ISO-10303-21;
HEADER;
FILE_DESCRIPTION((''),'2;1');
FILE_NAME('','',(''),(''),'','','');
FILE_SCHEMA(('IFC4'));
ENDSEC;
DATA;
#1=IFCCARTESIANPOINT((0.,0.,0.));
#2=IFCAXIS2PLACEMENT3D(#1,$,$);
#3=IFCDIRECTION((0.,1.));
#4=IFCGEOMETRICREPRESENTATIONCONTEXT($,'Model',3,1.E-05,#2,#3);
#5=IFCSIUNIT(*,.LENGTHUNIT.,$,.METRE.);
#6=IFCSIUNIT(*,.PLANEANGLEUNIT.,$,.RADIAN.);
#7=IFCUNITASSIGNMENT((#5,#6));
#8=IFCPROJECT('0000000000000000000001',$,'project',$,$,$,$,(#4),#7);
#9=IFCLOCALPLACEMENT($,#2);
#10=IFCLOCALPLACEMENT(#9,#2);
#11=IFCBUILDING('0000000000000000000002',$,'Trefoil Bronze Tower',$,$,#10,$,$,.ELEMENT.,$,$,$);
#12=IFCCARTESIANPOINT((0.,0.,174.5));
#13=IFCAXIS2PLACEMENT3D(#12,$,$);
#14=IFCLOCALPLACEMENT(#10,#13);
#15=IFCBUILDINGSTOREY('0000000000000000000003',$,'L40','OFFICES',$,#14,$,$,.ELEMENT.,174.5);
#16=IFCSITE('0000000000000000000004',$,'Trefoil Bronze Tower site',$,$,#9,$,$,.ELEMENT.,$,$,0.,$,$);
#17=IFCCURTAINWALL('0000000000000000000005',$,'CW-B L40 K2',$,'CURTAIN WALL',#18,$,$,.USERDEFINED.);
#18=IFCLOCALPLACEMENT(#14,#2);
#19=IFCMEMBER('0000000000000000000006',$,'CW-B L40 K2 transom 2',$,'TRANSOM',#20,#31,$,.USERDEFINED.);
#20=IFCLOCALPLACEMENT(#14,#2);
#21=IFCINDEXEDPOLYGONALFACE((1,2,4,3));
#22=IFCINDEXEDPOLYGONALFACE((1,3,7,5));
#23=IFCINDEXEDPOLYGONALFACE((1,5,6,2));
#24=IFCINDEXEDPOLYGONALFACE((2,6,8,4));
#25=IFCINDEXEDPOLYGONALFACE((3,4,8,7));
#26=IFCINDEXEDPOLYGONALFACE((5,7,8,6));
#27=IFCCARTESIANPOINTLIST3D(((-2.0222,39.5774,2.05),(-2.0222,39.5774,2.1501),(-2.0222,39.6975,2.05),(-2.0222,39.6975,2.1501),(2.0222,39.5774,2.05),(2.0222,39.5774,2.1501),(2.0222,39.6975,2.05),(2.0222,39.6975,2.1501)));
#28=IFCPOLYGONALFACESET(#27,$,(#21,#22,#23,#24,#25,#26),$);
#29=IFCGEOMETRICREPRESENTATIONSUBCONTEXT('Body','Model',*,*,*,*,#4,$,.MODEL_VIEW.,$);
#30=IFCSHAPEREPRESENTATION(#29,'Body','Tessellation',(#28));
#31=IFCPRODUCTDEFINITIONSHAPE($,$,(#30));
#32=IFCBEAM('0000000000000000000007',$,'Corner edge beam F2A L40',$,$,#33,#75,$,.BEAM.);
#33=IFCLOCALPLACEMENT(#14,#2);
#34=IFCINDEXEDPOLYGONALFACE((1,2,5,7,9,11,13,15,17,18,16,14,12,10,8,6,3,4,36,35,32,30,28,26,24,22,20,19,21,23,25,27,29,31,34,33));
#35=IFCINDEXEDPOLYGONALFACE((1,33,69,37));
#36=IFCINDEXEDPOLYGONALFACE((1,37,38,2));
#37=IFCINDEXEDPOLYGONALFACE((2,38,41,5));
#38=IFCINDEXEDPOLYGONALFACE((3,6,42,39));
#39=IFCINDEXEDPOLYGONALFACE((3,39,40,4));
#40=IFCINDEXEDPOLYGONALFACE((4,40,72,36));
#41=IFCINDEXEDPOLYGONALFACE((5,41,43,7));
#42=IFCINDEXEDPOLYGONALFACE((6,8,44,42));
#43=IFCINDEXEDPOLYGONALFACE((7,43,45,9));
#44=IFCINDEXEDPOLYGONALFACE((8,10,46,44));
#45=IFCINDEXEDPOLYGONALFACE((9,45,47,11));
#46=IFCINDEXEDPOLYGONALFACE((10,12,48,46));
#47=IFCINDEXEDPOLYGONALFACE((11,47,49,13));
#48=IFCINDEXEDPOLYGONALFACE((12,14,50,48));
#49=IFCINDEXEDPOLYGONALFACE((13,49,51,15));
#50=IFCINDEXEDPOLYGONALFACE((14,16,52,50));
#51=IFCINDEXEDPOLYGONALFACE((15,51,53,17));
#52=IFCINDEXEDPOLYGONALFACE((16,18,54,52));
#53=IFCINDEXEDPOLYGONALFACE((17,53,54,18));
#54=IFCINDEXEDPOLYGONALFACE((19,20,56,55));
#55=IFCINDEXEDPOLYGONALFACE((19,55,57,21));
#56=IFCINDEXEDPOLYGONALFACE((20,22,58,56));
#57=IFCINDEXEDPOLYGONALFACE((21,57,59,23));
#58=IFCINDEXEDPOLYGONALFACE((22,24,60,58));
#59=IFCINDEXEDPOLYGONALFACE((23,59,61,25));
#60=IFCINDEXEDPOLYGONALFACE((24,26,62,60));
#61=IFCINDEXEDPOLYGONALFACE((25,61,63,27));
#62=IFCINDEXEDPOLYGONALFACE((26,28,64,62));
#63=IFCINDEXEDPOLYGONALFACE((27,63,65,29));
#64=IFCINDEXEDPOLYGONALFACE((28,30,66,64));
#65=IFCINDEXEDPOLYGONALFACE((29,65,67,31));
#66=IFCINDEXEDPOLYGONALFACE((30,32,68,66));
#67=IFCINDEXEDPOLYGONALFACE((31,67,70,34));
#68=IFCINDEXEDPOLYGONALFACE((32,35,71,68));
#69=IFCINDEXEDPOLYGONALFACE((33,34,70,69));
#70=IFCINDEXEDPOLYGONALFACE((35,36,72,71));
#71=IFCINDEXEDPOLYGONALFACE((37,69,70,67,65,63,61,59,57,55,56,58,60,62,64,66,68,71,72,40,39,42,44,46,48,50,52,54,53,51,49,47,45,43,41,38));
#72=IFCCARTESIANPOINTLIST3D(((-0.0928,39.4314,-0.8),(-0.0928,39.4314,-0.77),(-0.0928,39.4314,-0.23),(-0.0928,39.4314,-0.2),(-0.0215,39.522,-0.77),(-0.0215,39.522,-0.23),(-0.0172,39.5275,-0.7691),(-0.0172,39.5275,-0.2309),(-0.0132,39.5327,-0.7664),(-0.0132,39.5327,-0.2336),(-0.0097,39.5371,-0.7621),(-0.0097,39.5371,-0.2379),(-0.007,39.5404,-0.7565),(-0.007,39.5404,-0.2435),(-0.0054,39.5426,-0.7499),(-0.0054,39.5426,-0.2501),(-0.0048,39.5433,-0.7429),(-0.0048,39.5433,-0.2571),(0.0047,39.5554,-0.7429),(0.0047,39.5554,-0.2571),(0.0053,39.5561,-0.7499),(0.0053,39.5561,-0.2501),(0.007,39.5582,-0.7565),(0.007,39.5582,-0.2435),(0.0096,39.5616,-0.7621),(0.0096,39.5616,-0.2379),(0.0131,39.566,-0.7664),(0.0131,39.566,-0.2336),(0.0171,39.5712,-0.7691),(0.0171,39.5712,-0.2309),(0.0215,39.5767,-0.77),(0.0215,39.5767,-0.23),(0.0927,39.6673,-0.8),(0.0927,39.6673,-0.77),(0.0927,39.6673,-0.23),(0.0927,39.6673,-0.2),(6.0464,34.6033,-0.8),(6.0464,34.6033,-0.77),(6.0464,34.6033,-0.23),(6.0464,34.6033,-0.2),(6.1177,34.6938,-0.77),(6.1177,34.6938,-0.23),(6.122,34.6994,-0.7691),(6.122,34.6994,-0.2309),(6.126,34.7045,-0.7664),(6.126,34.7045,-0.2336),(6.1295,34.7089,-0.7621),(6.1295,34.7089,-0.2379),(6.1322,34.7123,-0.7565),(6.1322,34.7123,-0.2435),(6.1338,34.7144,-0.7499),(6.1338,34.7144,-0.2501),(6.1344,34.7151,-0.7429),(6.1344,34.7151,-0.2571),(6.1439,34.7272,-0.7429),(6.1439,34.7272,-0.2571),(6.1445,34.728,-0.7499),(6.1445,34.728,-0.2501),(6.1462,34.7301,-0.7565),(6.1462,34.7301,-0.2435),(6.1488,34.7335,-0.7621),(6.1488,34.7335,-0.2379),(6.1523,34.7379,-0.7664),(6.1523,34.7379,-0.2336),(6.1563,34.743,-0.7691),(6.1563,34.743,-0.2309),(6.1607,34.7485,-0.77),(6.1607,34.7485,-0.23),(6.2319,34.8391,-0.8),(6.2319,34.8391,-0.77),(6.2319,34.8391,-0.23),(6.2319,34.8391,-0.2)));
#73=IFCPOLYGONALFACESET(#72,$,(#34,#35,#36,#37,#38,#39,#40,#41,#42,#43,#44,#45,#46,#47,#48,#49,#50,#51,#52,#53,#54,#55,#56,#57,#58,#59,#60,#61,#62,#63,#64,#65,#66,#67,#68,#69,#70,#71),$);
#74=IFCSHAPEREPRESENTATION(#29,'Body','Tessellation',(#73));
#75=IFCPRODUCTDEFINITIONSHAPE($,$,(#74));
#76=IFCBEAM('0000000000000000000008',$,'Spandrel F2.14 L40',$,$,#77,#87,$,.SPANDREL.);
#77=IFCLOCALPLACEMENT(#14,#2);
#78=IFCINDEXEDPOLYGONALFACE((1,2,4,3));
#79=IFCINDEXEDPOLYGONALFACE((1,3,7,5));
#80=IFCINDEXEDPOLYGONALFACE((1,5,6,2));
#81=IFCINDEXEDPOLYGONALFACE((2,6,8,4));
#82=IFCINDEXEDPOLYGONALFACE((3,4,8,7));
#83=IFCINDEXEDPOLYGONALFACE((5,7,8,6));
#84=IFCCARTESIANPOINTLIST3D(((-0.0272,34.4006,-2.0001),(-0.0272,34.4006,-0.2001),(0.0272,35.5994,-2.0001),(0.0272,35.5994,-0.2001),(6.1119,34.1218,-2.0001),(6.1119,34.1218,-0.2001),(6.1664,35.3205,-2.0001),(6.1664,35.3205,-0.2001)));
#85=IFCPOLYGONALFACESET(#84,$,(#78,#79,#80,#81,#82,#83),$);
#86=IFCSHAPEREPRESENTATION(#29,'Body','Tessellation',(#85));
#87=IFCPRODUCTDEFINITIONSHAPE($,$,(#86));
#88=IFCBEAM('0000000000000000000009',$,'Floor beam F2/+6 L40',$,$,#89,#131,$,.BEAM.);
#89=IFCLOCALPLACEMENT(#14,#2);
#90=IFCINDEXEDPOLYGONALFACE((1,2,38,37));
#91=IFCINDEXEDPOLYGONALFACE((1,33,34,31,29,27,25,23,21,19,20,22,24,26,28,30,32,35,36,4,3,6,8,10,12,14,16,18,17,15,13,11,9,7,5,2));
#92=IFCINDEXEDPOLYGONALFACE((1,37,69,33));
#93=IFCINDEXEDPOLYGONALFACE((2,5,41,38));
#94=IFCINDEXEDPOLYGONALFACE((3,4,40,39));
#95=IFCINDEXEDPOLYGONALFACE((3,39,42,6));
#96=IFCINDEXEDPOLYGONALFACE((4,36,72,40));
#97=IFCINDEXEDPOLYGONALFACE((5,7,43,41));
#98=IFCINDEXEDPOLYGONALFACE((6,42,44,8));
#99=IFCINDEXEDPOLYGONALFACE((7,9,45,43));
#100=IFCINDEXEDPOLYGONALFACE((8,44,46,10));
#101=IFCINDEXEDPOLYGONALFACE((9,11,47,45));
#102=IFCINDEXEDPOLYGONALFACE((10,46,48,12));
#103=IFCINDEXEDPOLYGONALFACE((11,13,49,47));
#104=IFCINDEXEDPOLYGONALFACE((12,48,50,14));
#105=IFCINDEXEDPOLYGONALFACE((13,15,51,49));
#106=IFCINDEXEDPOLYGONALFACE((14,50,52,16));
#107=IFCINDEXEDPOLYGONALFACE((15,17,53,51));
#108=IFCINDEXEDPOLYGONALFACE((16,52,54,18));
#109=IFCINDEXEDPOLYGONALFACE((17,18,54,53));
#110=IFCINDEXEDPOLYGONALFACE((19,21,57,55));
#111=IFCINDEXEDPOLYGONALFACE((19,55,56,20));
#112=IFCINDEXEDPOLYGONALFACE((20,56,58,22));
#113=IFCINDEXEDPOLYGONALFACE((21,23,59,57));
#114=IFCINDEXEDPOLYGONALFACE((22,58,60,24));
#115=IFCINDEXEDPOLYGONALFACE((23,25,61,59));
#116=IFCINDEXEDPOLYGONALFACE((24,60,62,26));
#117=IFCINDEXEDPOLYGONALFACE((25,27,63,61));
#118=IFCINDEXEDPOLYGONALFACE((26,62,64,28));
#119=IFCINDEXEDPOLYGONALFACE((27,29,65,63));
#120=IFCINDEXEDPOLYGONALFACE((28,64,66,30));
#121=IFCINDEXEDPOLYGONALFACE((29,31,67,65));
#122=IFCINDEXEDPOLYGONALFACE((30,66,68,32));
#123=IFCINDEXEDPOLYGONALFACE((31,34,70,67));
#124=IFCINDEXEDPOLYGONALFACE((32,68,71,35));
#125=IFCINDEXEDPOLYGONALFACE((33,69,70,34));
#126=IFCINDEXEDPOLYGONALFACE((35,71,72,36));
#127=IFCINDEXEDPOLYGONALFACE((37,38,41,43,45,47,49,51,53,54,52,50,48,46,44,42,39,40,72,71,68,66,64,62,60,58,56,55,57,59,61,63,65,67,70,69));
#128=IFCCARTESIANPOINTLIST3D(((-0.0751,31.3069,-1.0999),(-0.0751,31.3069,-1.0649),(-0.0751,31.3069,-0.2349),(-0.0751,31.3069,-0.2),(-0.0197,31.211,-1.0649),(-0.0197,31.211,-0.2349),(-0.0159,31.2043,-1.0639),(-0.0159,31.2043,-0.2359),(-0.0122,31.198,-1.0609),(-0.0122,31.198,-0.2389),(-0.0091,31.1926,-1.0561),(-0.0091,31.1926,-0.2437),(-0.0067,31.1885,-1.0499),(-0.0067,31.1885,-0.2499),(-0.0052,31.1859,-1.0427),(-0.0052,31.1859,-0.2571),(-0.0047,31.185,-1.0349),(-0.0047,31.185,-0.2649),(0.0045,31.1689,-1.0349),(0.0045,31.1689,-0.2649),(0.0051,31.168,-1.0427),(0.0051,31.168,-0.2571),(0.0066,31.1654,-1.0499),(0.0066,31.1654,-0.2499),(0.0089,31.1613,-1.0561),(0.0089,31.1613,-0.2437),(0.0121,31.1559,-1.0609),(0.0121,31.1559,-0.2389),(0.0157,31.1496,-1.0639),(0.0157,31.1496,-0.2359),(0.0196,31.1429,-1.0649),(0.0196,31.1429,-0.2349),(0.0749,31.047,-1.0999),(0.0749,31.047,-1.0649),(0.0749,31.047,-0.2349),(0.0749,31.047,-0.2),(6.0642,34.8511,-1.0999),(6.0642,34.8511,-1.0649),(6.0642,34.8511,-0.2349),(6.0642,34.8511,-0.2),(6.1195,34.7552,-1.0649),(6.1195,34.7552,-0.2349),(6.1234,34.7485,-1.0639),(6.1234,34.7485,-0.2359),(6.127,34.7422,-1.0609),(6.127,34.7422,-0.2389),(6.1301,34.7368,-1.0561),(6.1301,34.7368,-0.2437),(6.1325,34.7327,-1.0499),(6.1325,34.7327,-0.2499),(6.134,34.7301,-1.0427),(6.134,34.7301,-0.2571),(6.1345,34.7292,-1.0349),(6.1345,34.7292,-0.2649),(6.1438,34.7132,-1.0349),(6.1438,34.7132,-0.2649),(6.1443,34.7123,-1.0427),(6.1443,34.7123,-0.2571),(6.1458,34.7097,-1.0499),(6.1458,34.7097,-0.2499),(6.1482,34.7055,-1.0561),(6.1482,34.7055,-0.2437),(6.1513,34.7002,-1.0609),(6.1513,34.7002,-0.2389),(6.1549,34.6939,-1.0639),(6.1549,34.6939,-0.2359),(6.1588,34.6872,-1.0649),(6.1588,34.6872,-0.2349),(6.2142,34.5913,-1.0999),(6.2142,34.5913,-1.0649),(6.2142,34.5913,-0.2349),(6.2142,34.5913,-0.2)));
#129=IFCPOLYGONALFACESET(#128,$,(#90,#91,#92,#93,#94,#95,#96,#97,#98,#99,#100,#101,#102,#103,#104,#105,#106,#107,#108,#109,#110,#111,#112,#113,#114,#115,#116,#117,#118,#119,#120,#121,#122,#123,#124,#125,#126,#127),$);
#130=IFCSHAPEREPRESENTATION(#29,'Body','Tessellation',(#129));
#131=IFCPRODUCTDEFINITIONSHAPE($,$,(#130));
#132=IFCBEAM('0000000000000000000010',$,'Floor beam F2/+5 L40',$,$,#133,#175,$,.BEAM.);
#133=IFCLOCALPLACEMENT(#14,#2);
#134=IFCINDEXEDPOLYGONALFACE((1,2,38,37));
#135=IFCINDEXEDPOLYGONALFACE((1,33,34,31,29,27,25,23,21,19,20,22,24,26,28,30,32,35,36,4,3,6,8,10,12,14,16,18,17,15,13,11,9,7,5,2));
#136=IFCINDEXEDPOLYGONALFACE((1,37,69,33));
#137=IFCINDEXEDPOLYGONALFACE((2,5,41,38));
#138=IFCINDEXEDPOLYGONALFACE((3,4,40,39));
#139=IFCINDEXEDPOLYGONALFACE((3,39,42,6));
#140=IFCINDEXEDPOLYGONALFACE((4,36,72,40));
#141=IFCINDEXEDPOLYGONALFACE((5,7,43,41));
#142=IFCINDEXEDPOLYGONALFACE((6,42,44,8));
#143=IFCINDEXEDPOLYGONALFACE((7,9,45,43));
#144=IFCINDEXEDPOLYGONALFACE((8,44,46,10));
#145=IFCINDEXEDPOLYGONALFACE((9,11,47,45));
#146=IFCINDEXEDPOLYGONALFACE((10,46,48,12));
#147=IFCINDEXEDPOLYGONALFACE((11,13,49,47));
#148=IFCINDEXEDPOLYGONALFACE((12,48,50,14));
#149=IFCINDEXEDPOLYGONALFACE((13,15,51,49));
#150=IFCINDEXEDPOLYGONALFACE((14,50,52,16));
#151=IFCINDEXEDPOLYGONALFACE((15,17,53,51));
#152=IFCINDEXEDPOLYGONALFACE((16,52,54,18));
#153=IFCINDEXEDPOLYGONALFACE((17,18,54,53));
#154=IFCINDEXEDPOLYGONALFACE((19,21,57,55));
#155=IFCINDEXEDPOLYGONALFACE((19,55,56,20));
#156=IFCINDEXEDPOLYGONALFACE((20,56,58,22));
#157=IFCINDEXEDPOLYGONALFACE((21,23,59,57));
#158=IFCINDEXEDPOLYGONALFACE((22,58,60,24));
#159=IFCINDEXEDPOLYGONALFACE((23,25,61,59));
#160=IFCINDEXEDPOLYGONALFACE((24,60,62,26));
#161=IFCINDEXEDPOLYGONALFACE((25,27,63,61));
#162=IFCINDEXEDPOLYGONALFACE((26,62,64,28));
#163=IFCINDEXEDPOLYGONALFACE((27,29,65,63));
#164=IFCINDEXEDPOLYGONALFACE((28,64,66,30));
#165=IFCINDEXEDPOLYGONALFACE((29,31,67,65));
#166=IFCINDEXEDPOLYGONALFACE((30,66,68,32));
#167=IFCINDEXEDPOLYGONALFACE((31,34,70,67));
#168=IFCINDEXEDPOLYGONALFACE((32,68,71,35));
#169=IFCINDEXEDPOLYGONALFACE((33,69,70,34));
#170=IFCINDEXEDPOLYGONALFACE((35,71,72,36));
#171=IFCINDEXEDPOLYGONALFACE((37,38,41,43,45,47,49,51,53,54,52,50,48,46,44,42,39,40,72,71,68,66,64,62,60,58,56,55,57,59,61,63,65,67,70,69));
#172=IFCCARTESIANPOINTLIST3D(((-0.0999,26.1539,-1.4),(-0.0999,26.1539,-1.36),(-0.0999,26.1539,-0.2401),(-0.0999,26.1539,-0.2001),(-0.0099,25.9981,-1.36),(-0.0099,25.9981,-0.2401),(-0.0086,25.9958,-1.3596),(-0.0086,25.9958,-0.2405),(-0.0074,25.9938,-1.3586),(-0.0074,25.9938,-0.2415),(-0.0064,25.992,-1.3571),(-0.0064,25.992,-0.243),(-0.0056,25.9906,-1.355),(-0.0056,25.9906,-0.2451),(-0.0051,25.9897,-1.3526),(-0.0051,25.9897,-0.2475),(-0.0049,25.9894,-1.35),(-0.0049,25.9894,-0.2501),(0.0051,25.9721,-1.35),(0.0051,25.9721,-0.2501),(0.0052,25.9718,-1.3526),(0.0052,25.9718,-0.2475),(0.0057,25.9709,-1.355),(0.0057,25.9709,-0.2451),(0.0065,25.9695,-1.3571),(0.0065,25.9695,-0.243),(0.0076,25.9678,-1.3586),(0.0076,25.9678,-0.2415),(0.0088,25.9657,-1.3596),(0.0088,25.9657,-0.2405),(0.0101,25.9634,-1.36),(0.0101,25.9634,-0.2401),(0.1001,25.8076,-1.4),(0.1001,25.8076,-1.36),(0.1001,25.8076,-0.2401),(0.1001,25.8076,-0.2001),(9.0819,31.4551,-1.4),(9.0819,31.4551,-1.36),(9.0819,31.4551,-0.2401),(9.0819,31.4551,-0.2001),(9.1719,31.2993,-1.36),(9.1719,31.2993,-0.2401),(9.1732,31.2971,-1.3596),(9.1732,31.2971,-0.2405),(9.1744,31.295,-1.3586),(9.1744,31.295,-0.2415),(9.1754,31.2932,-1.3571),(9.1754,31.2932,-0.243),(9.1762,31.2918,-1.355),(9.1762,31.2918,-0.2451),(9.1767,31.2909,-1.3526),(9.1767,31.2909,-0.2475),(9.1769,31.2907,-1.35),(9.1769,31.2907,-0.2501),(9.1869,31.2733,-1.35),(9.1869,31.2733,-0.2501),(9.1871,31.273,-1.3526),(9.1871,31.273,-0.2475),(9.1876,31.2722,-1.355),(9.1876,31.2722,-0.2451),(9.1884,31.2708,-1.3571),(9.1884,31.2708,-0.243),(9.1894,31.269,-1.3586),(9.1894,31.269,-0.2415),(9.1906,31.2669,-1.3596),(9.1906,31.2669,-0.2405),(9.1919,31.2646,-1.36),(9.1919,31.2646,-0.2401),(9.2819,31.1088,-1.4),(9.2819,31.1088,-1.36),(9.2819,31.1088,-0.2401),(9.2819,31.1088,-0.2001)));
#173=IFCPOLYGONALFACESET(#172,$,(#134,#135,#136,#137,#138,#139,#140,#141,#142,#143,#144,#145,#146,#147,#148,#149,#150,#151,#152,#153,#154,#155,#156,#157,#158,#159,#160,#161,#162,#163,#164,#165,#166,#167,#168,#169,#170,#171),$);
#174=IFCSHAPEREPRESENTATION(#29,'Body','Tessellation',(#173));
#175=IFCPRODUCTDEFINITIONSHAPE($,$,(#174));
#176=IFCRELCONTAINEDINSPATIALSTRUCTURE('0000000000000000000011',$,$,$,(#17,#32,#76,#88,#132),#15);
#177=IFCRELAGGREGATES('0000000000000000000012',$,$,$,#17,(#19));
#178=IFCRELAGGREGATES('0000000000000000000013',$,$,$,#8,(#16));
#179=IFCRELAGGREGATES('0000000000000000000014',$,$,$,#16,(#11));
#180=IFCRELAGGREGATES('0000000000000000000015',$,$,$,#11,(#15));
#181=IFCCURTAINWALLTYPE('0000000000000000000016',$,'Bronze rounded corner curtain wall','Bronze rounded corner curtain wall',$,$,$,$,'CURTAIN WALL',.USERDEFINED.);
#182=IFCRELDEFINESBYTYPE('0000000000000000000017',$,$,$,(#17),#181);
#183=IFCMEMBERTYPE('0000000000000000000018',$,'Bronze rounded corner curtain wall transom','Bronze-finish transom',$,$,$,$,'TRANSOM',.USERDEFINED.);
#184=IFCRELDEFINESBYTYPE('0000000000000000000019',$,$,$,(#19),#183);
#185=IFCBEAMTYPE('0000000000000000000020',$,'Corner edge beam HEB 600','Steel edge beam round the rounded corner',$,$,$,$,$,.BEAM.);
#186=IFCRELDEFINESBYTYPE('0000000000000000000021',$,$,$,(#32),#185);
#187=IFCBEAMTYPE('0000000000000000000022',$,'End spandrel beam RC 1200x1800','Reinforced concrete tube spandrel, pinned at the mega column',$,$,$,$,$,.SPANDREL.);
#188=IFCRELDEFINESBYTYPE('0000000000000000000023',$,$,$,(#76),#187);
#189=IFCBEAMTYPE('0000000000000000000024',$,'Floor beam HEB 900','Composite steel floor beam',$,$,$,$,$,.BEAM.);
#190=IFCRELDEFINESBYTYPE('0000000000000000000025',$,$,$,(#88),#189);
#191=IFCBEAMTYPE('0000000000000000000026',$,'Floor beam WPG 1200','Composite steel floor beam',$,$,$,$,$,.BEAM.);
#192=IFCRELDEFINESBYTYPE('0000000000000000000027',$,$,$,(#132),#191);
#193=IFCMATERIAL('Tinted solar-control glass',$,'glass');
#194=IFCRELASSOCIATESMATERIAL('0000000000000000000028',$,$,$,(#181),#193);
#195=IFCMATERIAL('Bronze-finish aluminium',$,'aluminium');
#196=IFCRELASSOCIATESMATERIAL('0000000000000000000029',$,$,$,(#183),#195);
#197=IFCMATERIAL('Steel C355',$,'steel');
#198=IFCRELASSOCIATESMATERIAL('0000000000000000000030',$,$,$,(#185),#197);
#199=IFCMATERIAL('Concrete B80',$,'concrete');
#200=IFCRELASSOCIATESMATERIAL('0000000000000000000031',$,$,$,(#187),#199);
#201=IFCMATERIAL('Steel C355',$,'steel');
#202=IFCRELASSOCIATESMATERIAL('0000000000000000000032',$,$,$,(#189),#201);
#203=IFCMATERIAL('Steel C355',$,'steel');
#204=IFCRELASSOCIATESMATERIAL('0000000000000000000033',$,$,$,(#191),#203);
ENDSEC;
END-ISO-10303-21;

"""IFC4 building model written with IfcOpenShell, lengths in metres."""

from ifc_helpers import new_model, si_unit, direction, frame, origin, origin_2d, place, context, subcontext, project, spatial, rectangle, i_section, extrude, material, material_profile, profile_set, type_object, element, aggregate, save


model = new_model("IFC4")

# Units and contexts
model_context = context("Model", 3, precision=1e-05, world=origin(), true_north=direction((0.0, 1.0)))
body_context = subcontext(model_context, "Body", "Model", "MODEL_VIEW")
ifc_project = project(units=[si_unit("LENGTHUNIT", "METRE"), si_unit("PLANEANGLEUNIT", "RADIAN")], contexts=[model_context])

# Site, building, storey
site_placement = place(None, origin())
site = spatial("IfcSite", under=ifc_project, at=site_placement, Name="Trefoil Bronze Tower site", CompositionType="ELEMENT", RefElevation=0.0)
building_placement = place(site_placement, origin())
building = spatial("IfcBuilding", under=site, at=building_placement, Name="Trefoil Bronze Tower", CompositionType="ELEMENT")
storey_placement = place(building_placement, frame((0.0, 0.0, 174.5)))
storey = spatial("IfcBuildingStorey", under=building, at=storey_placement, Name="L40", Description="OFFICES", CompositionType="ELEMENT", Elevation=174.5)

# Curtain wall, member
ifc_material_1 = material(Name="Tinted solar-control glass", Category="glass")
curtain_wall_type_1 = type_object("IfcCurtainWallType", Name="Bronze rounded corner curtain wall", Description="Bronze rounded corner curtain wall", ElementType="CURTAIN WALL", PredefinedType="USERDEFINED", material=ifc_material_1)
curtain_wall_1_placement = place(storey_placement, origin())
curtain_wall_1 = element("IfcCurtainWall", 1, at=curtain_wall_1_placement, inside=storey, type_object=curtain_wall_type_1, Name="CW-B L40 K2", ObjectType="CURTAIN WALL", PredefinedType="USERDEFINED")
ifc_material_2 = material(Name="Bronze-finish aluminium", Category="aluminium")
ifc_material_profile_1 = material_profile(ifc_material_2, rectangle(XDim=0.1201, YDim=0.1001, at=origin_2d()), Name="CW-B transom")
ifc_profile_set_1 = profile_set([ifc_material_profile_1], Name="Bronze-finish aluminium")
member_type_1 = type_object("IfcMemberType", Name="Bronze rounded corner curtain wall transom", Description="Bronze-finish transom", ElementType="TRANSOM", PredefinedType="USERDEFINED", material=ifc_profile_set_1)
member_1_placement = place(storey_placement, frame((2.0222, 39.6375, 2.1001), z_axis=(-1.0, 0.0, 0.0), x_axis=(0.0, -1.0, 0.0)))
member_1 = element("IfcMember", 2, at=member_1_placement, type_object=member_type_1, Name="CW-B L40 K2 transom 2", ObjectType="TRANSOM", PredefinedType="USERDEFINED", context=body_context, shape_type="SweptSolid", body=[
    extrude(rectangle(XDim=0.1201, YDim=0.1001, at=origin_2d()), origin(), (0.0, 0.0, 1.0), 4.0444),
])

# Beams
ifc_material_3 = material(Name="Steel C355", Category="steel")
ifc_material_profile_2 = material_profile(ifc_material_3, i_section(OverallWidth=0.3, OverallDepth=0.6001, WebThickness=0.0154, FlangeThickness=0.03, FilletRadius=0.0271, at=origin_2d()), Name="HEB 600")
ifc_profile_set_2 = profile_set([ifc_material_profile_2], Name="Steel C355")
beam_type_1 = type_object("IfcBeamType", Name="Corner edge beam HEB 600", Description="Steel edge beam round the rounded corner", PredefinedType="BEAM", material=ifc_profile_set_2)
beam_1_placement = place(storey_placement, frame((6.1392, 34.7212, -0.5), z_axis=(-0.786038, 0.618178, 0.0), x_axis=(-0.618178, -0.786038, 0.0)))
element("IfcBeam", 3, at=beam_1_placement, inside=storey, type_object=beam_type_1, Name="Corner edge beam F2A L40", PredefinedType="BEAM", context=body_context, shape_type="SweptSolid", body=[
    extrude(i_section(OverallWidth=0.3, OverallDepth=0.6001, WebThickness=0.0154, FlangeThickness=0.03, FilletRadius=0.0271, at=origin_2d()), origin(), (0.0, 0.0, 1.0), 7.8103),
])
ifc_material_4 = material(Name="Concrete B80", Category="concrete")
ifc_material_profile_3 = material_profile(ifc_material_4, rectangle(XDim=1.2, YDim=1.8, at=origin_2d()), Name="RC 1200x1800")
ifc_profile_set_3 = profile_set([ifc_material_profile_3], Name="Concrete B80")
beam_type_2 = type_object("IfcBeamType", Name="End spandrel beam RC 1200x1800", Description="Reinforced concrete tube spandrel, pinned at the mega column", PredefinedType="SPANDREL", material=ifc_profile_set_3)
beam_2_placement = place(storey_placement, frame((6.1392, 34.7212, -1.1001), z_axis=(-0.99897, 0.045368, 0.0), x_axis=(-0.045368, -0.99897, 0.0)))
element("IfcBeam", 4, at=beam_2_placement, inside=storey, type_object=beam_type_2, Name="Spandrel F2.14 L40", PredefinedType="SPANDREL", context=body_context, shape_type="SweptSolid", body=[
    extrude(rectangle(XDim=1.2, YDim=1.8, at=origin_2d()), origin(), (0.0, 0.0, 1.0), 6.1455),
])
ifc_material_5 = material(Name="Steel C355", Category="steel")
ifc_material_profile_4 = material_profile(ifc_material_5, i_section(OverallWidth=0.3, OverallDepth=0.8999, WebThickness=0.0186, FlangeThickness=0.0349, FilletRadius=0.03, at=origin_2d()), Name="HEB 900")
ifc_profile_set_4 = profile_set([ifc_material_profile_4], Name="Steel C355")
beam_type_3 = type_object("IfcBeamType", Name="Floor beam HEB 900", Description="Composite steel floor beam", PredefinedType="BEAM", material=ifc_profile_set_4)
beam_3_placement = place(storey_placement, frame((6.1392, 34.7212, -0.6499), z_axis=(-0.866041, -0.499973, 0.0), x_axis=(0.499973, -0.866041, 0.0)))
element("IfcBeam", 5, at=beam_3_placement, inside=storey, type_object=beam_type_3, Name="Floor beam F2/+6 L40", PredefinedType="BEAM", context=body_context, shape_type="SweptSolid", body=[
    extrude(i_section(OverallWidth=0.3, OverallDepth=0.8999, WebThickness=0.0186, FlangeThickness=0.0349, FilletRadius=0.03, at=origin_2d()), origin(), (0.0, 0.0, 1.0), 7.0889),
])
ifc_material_6 = material(Name="Steel C355", Category="steel")
ifc_material_profile_5 = material_profile(ifc_material_6, i_section(OverallWidth=0.3999, OverallDepth=1.2, WebThickness=0.02, FlangeThickness=0.04, FilletRadius=0.01, at=origin_2d()), Name="WPG 1200")
ifc_profile_set_5 = profile_set([ifc_material_profile_5], Name="Steel C355")
beam_type_4 = type_object("IfcBeamType", Name="Floor beam WPG 1200", Description="Composite steel floor beam", PredefinedType="BEAM", material=ifc_profile_set_5)
beam_4_placement = place(storey_placement, frame((9.1819, 31.282, -0.8), z_axis=(-0.866021, -0.500007, 0.0), x_axis=(0.500007, -0.866021, 0.0)))
element("IfcBeam", 6, at=beam_4_placement, inside=storey, type_object=beam_type_4, Name="Floor beam F2/+5 L40", PredefinedType="BEAM", context=body_context, shape_type="SweptSolid", body=[
    extrude(i_section(OverallWidth=0.3999, OverallDepth=1.2, WebThickness=0.02, FlangeThickness=0.04, FilletRadius=0.01, at=origin_2d()), origin(), (0.0, 0.0, 1.0), 10.6023),
])

aggregate(curtain_wall_1, [member_1])

save(model, "model.ifc")
